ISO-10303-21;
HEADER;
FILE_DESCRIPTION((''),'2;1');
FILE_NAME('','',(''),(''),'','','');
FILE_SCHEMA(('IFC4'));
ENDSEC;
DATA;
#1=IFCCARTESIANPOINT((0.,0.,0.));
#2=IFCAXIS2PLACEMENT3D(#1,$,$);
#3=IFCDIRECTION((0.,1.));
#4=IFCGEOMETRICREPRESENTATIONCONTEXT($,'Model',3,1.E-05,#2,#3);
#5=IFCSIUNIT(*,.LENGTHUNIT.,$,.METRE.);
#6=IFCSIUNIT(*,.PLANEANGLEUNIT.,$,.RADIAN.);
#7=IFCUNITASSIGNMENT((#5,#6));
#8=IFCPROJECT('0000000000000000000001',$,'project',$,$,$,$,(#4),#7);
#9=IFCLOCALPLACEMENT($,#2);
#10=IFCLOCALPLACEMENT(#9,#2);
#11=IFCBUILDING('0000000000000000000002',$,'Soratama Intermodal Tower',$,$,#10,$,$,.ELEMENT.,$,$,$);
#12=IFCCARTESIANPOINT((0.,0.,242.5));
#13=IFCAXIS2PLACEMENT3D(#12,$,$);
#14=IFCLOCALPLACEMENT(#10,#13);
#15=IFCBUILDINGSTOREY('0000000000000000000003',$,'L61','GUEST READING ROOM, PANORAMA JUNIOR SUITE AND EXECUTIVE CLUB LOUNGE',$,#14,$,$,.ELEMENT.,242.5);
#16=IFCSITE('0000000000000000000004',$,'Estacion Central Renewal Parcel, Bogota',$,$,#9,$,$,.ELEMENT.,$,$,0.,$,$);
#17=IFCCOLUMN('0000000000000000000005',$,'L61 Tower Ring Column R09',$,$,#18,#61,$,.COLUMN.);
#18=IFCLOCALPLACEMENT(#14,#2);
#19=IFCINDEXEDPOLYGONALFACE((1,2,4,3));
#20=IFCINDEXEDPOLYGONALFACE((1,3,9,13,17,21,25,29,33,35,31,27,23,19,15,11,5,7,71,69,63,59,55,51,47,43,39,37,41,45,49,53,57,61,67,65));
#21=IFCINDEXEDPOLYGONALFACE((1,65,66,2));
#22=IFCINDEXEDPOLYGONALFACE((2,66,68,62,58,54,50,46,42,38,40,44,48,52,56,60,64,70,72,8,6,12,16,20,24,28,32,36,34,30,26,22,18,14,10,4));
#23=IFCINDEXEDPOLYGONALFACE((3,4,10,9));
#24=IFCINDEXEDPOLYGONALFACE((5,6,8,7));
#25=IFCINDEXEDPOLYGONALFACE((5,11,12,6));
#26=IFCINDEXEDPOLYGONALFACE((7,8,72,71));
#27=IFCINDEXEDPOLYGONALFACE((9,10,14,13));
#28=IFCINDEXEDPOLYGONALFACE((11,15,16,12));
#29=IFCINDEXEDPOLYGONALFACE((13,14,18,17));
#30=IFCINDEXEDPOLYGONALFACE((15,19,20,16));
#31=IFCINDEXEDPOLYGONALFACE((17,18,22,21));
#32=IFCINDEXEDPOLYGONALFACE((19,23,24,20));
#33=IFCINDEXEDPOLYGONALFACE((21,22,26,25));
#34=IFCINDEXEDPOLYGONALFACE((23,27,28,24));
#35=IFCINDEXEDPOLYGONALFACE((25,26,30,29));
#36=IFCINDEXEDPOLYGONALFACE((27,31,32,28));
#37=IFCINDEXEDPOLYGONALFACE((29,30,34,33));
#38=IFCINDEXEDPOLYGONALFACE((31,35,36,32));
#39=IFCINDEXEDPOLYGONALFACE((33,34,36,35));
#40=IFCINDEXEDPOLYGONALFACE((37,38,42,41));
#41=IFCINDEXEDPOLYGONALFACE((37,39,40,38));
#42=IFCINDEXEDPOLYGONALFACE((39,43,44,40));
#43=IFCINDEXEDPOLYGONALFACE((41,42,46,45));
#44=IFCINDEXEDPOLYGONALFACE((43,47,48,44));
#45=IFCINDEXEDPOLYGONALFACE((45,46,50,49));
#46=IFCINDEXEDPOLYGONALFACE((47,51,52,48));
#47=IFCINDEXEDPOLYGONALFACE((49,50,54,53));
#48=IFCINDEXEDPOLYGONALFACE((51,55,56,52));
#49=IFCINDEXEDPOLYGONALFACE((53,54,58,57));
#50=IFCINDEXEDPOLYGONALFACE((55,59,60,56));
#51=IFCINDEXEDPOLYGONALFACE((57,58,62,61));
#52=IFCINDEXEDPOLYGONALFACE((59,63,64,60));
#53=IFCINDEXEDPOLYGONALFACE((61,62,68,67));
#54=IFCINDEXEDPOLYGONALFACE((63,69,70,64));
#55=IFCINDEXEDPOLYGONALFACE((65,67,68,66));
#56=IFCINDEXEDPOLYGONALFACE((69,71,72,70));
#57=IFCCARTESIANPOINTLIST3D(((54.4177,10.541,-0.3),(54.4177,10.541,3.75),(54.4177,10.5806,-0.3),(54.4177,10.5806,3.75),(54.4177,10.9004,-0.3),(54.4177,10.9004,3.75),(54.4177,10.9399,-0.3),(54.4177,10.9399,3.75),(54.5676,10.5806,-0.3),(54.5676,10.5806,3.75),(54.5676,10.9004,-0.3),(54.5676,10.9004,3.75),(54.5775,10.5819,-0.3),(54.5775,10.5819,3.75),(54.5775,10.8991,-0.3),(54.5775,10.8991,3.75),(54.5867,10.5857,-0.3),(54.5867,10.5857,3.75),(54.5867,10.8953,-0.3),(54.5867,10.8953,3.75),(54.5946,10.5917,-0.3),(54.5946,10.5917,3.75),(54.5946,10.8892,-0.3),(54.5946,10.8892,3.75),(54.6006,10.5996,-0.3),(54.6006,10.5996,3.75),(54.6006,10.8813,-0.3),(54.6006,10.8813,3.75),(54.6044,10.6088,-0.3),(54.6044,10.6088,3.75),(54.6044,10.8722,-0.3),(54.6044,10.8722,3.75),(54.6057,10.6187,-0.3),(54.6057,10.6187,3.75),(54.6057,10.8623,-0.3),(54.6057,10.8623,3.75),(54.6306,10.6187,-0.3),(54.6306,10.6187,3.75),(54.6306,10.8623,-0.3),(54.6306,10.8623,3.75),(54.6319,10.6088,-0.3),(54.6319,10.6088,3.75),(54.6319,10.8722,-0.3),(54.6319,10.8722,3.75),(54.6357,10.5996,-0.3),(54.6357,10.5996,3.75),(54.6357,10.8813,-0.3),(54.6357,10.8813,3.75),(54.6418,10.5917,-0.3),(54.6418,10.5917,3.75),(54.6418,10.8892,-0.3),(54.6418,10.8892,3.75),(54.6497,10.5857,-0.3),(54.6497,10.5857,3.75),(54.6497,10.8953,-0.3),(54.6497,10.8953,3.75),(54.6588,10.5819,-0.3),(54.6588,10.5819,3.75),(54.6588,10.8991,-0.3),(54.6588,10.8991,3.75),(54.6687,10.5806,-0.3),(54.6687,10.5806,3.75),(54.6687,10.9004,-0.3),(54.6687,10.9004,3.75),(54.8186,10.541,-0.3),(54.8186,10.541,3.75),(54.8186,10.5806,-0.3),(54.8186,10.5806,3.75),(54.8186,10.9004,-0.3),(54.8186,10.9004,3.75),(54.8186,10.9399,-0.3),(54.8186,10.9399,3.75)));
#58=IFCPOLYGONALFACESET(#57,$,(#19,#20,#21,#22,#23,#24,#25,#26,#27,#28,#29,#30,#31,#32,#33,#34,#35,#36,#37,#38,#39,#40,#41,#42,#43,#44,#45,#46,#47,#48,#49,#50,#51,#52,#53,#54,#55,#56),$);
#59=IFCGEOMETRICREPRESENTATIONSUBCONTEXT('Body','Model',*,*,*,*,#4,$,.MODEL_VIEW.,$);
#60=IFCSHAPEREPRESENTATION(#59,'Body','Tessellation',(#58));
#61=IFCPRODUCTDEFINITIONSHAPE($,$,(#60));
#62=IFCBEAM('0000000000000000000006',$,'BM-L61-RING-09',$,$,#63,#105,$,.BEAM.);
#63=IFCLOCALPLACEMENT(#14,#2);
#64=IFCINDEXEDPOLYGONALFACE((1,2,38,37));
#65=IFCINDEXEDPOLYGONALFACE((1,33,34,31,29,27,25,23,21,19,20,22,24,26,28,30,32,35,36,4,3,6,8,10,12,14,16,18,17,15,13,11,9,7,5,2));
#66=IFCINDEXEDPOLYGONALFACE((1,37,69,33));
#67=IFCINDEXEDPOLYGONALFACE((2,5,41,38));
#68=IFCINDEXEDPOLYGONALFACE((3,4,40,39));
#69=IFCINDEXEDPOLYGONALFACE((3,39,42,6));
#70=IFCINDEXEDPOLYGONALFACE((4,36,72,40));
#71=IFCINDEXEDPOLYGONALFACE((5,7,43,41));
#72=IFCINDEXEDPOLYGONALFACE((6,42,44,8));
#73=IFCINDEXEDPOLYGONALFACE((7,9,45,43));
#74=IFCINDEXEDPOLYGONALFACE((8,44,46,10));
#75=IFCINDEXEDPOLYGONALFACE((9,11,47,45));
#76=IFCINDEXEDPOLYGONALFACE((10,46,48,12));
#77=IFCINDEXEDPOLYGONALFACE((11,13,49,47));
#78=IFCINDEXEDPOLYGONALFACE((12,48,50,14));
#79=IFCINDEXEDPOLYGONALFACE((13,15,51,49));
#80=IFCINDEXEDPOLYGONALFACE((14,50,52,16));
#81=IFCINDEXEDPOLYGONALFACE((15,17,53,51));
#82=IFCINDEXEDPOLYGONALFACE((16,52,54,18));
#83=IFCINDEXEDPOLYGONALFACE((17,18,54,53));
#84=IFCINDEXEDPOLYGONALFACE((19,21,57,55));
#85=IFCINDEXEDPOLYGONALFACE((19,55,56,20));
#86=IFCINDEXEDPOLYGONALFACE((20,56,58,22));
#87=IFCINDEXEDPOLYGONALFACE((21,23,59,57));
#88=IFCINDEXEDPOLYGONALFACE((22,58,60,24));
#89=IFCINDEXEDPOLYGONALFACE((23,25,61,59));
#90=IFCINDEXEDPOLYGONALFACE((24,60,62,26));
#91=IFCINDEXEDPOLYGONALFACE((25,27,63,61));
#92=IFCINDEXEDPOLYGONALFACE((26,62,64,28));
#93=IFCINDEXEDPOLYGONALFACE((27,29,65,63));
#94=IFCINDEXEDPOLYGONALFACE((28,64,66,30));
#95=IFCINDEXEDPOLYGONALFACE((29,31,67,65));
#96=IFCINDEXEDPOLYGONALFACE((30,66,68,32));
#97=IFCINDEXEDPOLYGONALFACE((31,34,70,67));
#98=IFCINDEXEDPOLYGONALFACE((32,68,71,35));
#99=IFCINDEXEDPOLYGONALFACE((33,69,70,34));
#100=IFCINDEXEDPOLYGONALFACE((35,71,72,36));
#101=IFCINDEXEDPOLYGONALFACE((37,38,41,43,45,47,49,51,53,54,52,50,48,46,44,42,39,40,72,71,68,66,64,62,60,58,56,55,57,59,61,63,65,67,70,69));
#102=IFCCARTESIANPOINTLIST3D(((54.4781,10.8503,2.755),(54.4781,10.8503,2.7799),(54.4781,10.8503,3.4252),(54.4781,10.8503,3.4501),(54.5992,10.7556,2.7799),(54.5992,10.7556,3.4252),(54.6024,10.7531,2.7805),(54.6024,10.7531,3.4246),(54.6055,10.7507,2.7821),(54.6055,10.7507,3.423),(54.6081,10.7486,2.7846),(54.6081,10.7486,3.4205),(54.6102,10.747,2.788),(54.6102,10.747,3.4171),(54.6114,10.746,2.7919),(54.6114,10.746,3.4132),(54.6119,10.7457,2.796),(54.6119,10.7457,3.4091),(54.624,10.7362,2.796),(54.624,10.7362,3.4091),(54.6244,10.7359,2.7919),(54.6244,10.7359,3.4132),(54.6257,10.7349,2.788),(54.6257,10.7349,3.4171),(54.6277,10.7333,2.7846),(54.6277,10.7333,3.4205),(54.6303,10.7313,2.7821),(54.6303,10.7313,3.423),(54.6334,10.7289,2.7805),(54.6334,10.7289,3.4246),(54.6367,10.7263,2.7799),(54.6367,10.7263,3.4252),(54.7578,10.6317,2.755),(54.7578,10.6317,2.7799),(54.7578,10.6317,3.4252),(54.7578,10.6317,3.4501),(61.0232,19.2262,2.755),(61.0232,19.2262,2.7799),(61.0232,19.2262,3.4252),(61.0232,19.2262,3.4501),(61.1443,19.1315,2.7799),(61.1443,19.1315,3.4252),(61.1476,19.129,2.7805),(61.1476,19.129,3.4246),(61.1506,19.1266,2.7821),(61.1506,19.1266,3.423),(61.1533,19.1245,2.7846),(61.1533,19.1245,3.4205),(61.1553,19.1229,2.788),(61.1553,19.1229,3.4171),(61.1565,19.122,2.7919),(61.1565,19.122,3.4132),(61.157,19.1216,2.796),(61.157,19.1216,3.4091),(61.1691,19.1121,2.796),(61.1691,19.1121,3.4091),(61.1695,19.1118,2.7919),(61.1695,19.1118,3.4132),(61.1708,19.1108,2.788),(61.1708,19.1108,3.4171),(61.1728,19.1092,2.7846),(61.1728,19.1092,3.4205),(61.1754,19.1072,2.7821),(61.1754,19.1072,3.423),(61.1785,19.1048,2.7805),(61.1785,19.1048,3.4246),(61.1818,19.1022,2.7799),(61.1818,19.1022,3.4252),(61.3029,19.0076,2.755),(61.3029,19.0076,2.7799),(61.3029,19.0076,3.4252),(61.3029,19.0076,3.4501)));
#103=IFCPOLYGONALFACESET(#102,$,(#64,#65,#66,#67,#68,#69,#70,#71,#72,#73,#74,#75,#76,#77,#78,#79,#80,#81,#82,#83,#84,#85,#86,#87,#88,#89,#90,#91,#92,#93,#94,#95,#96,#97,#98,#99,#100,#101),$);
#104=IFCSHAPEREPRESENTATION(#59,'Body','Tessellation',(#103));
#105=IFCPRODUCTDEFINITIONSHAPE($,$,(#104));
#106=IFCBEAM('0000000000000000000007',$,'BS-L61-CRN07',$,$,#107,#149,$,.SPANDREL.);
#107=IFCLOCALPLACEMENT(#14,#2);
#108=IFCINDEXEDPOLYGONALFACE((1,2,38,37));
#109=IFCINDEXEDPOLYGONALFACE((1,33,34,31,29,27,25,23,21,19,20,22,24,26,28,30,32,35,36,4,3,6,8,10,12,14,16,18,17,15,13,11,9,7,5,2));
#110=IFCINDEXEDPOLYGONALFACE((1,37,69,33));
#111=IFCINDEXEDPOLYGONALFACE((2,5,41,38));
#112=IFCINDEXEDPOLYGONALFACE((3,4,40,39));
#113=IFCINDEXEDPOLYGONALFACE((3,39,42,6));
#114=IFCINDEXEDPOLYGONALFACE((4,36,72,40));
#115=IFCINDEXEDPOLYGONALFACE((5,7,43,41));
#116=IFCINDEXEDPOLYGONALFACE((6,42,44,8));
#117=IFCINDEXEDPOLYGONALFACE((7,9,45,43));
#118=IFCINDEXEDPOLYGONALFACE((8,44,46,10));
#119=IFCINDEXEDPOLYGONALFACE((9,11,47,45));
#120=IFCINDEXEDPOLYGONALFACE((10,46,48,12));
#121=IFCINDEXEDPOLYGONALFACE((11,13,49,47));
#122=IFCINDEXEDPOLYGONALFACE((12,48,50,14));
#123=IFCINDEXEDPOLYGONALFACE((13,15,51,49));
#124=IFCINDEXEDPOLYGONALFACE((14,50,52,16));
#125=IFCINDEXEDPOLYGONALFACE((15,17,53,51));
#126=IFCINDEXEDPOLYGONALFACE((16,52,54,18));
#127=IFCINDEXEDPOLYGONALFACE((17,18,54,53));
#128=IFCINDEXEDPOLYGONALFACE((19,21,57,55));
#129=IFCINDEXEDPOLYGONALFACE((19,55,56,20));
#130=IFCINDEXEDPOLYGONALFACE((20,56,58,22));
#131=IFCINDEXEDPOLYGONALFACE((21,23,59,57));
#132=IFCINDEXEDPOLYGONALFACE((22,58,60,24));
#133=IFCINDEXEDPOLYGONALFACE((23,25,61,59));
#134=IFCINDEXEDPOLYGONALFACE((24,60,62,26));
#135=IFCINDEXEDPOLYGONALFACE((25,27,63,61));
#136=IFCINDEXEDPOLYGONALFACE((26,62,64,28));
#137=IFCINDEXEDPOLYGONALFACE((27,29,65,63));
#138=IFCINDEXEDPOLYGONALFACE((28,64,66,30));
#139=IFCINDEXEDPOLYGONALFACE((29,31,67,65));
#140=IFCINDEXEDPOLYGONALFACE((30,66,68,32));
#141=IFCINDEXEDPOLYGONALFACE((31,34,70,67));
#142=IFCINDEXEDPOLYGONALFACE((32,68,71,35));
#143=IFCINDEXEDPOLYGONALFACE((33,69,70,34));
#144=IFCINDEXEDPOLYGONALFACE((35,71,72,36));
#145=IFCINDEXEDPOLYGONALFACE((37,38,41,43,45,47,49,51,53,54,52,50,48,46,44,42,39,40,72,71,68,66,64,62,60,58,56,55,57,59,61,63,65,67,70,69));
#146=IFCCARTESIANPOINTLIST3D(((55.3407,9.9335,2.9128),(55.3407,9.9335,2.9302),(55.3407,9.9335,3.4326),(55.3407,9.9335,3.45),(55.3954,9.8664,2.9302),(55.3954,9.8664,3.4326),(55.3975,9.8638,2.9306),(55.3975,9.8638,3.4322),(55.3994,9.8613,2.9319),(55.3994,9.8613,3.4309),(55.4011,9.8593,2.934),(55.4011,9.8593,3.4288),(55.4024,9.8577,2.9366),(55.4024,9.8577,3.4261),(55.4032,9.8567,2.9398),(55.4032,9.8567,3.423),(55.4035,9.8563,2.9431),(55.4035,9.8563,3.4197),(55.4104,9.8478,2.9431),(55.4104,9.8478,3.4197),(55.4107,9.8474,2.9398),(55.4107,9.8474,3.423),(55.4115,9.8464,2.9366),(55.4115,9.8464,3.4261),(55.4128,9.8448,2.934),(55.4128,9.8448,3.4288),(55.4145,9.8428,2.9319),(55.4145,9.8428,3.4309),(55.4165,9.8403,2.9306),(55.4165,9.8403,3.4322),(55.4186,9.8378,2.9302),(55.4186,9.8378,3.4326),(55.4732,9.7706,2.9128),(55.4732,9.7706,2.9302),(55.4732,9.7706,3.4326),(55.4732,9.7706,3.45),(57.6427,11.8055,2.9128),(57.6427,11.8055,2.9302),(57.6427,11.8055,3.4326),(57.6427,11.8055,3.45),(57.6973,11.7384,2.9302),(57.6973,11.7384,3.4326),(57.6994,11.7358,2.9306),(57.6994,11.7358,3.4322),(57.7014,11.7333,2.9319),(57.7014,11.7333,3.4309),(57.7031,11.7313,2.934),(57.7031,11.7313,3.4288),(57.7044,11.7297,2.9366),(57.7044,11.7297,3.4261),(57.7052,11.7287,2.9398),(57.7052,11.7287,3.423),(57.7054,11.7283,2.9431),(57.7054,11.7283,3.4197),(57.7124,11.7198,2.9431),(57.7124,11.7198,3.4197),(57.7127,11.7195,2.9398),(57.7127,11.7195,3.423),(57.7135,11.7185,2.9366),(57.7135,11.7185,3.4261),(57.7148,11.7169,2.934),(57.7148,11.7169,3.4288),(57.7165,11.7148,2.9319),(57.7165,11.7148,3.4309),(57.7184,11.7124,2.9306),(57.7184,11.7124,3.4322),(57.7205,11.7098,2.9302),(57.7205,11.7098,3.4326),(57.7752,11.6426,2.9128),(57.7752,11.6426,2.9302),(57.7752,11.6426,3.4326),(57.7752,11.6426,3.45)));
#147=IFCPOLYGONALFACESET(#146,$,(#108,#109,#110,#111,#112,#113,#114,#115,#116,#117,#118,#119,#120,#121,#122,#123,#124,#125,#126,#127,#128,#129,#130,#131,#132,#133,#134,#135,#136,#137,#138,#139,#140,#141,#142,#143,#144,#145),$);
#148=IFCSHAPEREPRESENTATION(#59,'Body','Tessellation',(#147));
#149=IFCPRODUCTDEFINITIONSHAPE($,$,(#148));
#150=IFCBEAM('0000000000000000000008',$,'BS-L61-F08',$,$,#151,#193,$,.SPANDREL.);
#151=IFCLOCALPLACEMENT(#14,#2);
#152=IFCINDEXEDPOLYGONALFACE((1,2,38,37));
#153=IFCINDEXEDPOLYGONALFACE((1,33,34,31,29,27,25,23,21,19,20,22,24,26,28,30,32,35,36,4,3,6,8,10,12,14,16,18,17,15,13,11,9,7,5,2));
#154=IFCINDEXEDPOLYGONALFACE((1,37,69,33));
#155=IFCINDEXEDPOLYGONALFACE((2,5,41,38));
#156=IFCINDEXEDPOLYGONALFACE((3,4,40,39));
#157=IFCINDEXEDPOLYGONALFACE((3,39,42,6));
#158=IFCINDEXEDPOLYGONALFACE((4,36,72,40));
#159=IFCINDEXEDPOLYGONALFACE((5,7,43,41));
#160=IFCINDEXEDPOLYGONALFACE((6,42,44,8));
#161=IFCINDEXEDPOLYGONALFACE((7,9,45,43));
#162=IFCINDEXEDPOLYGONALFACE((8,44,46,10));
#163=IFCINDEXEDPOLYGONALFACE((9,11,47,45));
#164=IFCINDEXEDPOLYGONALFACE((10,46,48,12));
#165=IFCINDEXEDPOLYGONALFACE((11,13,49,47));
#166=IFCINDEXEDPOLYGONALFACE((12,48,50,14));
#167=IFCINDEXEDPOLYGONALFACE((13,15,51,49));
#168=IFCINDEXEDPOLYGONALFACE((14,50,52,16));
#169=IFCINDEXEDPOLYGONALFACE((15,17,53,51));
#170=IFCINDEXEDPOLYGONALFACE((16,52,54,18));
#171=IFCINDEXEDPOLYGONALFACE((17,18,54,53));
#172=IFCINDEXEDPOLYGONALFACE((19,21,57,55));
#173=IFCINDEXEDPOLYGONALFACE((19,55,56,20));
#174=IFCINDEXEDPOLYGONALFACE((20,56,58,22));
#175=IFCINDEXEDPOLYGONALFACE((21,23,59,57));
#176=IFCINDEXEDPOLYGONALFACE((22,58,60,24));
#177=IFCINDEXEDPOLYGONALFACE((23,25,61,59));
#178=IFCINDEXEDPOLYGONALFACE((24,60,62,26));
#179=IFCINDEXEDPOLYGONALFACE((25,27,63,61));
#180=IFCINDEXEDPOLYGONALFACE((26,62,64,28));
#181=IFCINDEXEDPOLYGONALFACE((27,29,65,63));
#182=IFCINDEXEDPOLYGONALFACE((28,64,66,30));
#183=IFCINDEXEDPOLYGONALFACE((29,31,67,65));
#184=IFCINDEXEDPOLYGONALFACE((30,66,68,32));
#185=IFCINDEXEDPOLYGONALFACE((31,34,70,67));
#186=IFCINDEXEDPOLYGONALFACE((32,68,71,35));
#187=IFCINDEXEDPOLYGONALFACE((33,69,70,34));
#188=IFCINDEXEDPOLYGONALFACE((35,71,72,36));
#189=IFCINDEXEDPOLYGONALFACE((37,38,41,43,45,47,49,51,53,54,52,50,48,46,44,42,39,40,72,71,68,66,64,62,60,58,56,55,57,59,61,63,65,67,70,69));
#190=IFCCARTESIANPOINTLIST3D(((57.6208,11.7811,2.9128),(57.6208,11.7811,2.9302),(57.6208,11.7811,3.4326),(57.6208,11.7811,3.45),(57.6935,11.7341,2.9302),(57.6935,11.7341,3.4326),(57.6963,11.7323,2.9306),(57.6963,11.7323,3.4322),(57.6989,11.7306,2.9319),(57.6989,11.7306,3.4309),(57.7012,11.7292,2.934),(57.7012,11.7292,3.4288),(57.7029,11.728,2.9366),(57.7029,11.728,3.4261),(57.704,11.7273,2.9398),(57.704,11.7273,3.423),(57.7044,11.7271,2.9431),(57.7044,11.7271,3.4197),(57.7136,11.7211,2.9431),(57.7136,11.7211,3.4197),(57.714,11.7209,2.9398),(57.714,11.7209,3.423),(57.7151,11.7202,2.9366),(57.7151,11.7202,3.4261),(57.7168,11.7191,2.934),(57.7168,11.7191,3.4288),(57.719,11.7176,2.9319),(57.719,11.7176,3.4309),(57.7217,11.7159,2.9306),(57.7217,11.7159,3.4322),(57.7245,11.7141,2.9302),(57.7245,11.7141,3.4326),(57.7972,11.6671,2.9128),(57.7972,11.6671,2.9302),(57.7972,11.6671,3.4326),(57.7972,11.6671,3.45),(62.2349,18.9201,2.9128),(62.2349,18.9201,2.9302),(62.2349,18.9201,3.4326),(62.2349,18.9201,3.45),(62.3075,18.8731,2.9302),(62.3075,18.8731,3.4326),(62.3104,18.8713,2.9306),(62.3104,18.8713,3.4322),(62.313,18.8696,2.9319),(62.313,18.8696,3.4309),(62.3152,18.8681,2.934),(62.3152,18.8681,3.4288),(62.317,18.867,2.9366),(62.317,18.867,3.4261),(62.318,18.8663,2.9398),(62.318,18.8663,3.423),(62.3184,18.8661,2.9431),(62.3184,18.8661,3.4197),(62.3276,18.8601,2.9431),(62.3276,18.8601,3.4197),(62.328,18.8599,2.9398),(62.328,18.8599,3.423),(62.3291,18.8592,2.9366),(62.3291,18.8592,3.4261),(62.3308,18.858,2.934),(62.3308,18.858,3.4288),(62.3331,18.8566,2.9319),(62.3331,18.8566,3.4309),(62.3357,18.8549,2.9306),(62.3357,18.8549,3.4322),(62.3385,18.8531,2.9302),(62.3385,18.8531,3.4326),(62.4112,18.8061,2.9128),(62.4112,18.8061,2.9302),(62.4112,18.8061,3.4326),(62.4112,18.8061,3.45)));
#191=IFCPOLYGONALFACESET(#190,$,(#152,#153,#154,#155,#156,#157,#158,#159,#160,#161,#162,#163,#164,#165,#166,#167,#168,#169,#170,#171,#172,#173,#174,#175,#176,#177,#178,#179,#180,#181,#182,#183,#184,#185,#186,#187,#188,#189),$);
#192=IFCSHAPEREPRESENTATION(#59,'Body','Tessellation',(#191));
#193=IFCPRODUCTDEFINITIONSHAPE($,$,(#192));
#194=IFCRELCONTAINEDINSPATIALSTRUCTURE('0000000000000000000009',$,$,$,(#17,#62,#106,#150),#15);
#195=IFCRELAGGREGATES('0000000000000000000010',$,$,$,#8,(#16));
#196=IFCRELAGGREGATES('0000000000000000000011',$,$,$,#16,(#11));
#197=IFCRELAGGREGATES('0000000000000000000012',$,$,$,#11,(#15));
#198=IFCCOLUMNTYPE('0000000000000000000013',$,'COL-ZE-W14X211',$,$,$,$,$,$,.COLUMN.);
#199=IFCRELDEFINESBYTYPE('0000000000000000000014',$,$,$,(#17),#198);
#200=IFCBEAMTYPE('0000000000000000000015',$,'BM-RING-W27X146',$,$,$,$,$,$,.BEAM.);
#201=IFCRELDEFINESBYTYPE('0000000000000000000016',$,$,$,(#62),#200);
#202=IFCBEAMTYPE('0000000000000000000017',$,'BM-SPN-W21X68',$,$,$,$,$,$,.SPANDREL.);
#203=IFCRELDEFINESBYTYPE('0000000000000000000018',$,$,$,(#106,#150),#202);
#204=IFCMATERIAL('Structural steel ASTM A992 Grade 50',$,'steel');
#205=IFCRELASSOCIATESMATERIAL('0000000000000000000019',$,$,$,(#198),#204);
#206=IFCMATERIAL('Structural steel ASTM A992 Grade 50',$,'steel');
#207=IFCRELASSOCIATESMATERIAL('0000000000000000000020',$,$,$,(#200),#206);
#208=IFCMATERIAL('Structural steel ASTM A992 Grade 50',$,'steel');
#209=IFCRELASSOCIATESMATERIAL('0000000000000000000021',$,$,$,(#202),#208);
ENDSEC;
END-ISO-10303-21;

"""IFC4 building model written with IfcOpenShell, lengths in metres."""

from ifc_helpers import new_model, si_unit, direction, frame, origin, origin_2d, place, context, subcontext, project, spatial, i_section, extrude, material, material_profile, profile_set, type_object, element, save


model = new_model("IFC4")

# Units and contexts
model_context = context("Model", 3, precision=1e-05, world=origin(), true_north=direction((0.0, 1.0)))
body_context = subcontext(model_context, "Body", "Model", "MODEL_VIEW")
ifc_project = project(units=[si_unit("LENGTHUNIT", "METRE"), si_unit("PLANEANGLEUNIT", "RADIAN")], contexts=[model_context])

# Site, building, storey
site_placement = place(None, origin())
site = spatial("IfcSite", under=ifc_project, at=site_placement, Name="Estacion Central Renewal Parcel, Bogota", CompositionType="ELEMENT", RefElevation=0.0)
building_placement = place(site_placement, origin())
building = spatial("IfcBuilding", under=site, at=building_placement, Name="Soratama Intermodal Tower", CompositionType="ELEMENT")
storey_placement = place(building_placement, frame((0.0, 0.0, 242.5)))
storey = spatial("IfcBuildingStorey", under=building, at=storey_placement, Name="L61", Description="GUEST READING ROOM, PANORAMA JUNIOR SUITE AND EXECUTIVE CLUB LOUNGE", CompositionType="ELEMENT", Elevation=242.5)

# Column
ifc_material_1 = material(Name="Structural steel ASTM A992 Grade 50", Category="steel")
ifc_material_profile_1 = material_profile(ifc_material_1, i_section(OverallWidth=0.4009, OverallDepth=0.3989, WebThickness=0.0249, FlangeThickness=0.0396, FilletRadius=0.0381, at=origin_2d()), Name="W14X211")
ifc_profile_set_1 = profile_set([ifc_material_profile_1], Name="Structural steel ASTM A992 Grade 50")
column_type = type_object("IfcColumnType", Name="COL-ZE-W14X211", PredefinedType="COLUMN", material=ifc_profile_set_1)
column_placement = place(storey_placement, frame((54.6182, 10.7405, -0.3), z_axis=(0.0, 0.0, 1.0), x_axis=(1.0, 0.0, 0.0)))
element("IfcColumn", 1, at=column_placement, inside=storey, type_object=column_type, Name="L61 Tower Ring Column R09", PredefinedType="COLUMN", context=body_context, shape_type="SweptSolid", body=[
    extrude(i_section(OverallWidth=0.4009, OverallDepth=0.3989, WebThickness=0.0249, FlangeThickness=0.0396, FilletRadius=0.0381, at=origin_2d()), origin(), (0.0, 0.0, 1.0), 4.05),
])

# Beams
ifc_material_2 = material(Name="Structural steel ASTM A992 Grade 50", Category="steel")
ifc_material_profile_2 = material_profile(ifc_material_2, i_section(OverallWidth=0.355, OverallDepth=0.6951, WebThickness=0.0154, FlangeThickness=0.0249, FilletRadius=0.0161, at=origin_2d()), Name="W27X146")
ifc_profile_set_2 = profile_set([ifc_material_profile_2], Name="Structural steel ASTM A992 Grade 50")
beam_type_1 = type_object("IfcBeamType", Name="BM-RING-W27X146", PredefinedType="BEAM", material=ifc_profile_set_2)
beam_1_placement = place(storey_placement, frame((54.6179, 10.741, 3.1025), z_axis=(0.615728, 0.787959, 0.0), x_axis=(-0.787959, 0.615728, 0.0)))
element("IfcBeam", 2, at=beam_1_placement, inside=storey, type_object=beam_type_1, Name="BM-L61-RING-09", PredefinedType="BEAM", context=body_context, shape_type="SweptSolid", body=[
    extrude(i_section(OverallWidth=0.355, OverallDepth=0.6951, WebThickness=0.0154, FlangeThickness=0.0249, FilletRadius=0.0161, at=origin_2d()), origin(), (0.0, 0.0, 1.0), 10.6299),
])
ifc_material_3 = material(Name="Structural steel ASTM A992 Grade 50", Category="steel")
ifc_material_profile_3 = material_profile(ifc_material_3, i_section(OverallWidth=0.21, OverallDepth=0.5371, WebThickness=0.011, FlangeThickness=0.0173, FilletRadius=0.0129, at=origin_2d()), Name="W21X68")
ifc_profile_set_3 = profile_set([ifc_material_profile_3], Name="Structural steel ASTM A992 Grade 50")
beam_type_2 = type_object("IfcBeamType", Name="BM-SPN-W21X68", PredefinedType="SPANDREL", material=ifc_profile_set_3)
beam_2_placement = place(storey_placement, frame((55.407, 9.8521, 3.1814), z_axis=(0.775835, 0.630936, 0.0), x_axis=(-0.630936, 0.775835, 0.0)))
element("IfcBeam", 3, at=beam_2_placement, inside=storey, type_object=beam_type_2, Name="BS-L61-CRN07", PredefinedType="SPANDREL", context=body_context, shape_type="SweptSolid", body=[
    extrude(i_section(OverallWidth=0.21, OverallDepth=0.5371, WebThickness=0.011, FlangeThickness=0.0173, FilletRadius=0.0129, at=origin_2d()), origin(), (0.0, 0.0, 1.0), 2.967),
])
beam_3_placement = place(storey_placement, frame((57.709, 11.7241, 3.1814), z_axis=(0.542813, 0.839854, 0.0), x_axis=(-0.839854, 0.542813, 0.0)))
element("IfcBeam", 4, at=beam_3_placement, inside=storey, type_object=beam_type_2, Name="BS-L61-F08", PredefinedType="SPANDREL", context=body_context, shape_type="SweptSolid", body=[
    extrude(i_section(OverallWidth=0.21, OverallDepth=0.5371, WebThickness=0.011, FlangeThickness=0.0173, FilletRadius=0.0129, at=origin_2d()), origin(), (0.0, 0.0, 1.0), 8.5002),
])

save(model, "model.ifc")
